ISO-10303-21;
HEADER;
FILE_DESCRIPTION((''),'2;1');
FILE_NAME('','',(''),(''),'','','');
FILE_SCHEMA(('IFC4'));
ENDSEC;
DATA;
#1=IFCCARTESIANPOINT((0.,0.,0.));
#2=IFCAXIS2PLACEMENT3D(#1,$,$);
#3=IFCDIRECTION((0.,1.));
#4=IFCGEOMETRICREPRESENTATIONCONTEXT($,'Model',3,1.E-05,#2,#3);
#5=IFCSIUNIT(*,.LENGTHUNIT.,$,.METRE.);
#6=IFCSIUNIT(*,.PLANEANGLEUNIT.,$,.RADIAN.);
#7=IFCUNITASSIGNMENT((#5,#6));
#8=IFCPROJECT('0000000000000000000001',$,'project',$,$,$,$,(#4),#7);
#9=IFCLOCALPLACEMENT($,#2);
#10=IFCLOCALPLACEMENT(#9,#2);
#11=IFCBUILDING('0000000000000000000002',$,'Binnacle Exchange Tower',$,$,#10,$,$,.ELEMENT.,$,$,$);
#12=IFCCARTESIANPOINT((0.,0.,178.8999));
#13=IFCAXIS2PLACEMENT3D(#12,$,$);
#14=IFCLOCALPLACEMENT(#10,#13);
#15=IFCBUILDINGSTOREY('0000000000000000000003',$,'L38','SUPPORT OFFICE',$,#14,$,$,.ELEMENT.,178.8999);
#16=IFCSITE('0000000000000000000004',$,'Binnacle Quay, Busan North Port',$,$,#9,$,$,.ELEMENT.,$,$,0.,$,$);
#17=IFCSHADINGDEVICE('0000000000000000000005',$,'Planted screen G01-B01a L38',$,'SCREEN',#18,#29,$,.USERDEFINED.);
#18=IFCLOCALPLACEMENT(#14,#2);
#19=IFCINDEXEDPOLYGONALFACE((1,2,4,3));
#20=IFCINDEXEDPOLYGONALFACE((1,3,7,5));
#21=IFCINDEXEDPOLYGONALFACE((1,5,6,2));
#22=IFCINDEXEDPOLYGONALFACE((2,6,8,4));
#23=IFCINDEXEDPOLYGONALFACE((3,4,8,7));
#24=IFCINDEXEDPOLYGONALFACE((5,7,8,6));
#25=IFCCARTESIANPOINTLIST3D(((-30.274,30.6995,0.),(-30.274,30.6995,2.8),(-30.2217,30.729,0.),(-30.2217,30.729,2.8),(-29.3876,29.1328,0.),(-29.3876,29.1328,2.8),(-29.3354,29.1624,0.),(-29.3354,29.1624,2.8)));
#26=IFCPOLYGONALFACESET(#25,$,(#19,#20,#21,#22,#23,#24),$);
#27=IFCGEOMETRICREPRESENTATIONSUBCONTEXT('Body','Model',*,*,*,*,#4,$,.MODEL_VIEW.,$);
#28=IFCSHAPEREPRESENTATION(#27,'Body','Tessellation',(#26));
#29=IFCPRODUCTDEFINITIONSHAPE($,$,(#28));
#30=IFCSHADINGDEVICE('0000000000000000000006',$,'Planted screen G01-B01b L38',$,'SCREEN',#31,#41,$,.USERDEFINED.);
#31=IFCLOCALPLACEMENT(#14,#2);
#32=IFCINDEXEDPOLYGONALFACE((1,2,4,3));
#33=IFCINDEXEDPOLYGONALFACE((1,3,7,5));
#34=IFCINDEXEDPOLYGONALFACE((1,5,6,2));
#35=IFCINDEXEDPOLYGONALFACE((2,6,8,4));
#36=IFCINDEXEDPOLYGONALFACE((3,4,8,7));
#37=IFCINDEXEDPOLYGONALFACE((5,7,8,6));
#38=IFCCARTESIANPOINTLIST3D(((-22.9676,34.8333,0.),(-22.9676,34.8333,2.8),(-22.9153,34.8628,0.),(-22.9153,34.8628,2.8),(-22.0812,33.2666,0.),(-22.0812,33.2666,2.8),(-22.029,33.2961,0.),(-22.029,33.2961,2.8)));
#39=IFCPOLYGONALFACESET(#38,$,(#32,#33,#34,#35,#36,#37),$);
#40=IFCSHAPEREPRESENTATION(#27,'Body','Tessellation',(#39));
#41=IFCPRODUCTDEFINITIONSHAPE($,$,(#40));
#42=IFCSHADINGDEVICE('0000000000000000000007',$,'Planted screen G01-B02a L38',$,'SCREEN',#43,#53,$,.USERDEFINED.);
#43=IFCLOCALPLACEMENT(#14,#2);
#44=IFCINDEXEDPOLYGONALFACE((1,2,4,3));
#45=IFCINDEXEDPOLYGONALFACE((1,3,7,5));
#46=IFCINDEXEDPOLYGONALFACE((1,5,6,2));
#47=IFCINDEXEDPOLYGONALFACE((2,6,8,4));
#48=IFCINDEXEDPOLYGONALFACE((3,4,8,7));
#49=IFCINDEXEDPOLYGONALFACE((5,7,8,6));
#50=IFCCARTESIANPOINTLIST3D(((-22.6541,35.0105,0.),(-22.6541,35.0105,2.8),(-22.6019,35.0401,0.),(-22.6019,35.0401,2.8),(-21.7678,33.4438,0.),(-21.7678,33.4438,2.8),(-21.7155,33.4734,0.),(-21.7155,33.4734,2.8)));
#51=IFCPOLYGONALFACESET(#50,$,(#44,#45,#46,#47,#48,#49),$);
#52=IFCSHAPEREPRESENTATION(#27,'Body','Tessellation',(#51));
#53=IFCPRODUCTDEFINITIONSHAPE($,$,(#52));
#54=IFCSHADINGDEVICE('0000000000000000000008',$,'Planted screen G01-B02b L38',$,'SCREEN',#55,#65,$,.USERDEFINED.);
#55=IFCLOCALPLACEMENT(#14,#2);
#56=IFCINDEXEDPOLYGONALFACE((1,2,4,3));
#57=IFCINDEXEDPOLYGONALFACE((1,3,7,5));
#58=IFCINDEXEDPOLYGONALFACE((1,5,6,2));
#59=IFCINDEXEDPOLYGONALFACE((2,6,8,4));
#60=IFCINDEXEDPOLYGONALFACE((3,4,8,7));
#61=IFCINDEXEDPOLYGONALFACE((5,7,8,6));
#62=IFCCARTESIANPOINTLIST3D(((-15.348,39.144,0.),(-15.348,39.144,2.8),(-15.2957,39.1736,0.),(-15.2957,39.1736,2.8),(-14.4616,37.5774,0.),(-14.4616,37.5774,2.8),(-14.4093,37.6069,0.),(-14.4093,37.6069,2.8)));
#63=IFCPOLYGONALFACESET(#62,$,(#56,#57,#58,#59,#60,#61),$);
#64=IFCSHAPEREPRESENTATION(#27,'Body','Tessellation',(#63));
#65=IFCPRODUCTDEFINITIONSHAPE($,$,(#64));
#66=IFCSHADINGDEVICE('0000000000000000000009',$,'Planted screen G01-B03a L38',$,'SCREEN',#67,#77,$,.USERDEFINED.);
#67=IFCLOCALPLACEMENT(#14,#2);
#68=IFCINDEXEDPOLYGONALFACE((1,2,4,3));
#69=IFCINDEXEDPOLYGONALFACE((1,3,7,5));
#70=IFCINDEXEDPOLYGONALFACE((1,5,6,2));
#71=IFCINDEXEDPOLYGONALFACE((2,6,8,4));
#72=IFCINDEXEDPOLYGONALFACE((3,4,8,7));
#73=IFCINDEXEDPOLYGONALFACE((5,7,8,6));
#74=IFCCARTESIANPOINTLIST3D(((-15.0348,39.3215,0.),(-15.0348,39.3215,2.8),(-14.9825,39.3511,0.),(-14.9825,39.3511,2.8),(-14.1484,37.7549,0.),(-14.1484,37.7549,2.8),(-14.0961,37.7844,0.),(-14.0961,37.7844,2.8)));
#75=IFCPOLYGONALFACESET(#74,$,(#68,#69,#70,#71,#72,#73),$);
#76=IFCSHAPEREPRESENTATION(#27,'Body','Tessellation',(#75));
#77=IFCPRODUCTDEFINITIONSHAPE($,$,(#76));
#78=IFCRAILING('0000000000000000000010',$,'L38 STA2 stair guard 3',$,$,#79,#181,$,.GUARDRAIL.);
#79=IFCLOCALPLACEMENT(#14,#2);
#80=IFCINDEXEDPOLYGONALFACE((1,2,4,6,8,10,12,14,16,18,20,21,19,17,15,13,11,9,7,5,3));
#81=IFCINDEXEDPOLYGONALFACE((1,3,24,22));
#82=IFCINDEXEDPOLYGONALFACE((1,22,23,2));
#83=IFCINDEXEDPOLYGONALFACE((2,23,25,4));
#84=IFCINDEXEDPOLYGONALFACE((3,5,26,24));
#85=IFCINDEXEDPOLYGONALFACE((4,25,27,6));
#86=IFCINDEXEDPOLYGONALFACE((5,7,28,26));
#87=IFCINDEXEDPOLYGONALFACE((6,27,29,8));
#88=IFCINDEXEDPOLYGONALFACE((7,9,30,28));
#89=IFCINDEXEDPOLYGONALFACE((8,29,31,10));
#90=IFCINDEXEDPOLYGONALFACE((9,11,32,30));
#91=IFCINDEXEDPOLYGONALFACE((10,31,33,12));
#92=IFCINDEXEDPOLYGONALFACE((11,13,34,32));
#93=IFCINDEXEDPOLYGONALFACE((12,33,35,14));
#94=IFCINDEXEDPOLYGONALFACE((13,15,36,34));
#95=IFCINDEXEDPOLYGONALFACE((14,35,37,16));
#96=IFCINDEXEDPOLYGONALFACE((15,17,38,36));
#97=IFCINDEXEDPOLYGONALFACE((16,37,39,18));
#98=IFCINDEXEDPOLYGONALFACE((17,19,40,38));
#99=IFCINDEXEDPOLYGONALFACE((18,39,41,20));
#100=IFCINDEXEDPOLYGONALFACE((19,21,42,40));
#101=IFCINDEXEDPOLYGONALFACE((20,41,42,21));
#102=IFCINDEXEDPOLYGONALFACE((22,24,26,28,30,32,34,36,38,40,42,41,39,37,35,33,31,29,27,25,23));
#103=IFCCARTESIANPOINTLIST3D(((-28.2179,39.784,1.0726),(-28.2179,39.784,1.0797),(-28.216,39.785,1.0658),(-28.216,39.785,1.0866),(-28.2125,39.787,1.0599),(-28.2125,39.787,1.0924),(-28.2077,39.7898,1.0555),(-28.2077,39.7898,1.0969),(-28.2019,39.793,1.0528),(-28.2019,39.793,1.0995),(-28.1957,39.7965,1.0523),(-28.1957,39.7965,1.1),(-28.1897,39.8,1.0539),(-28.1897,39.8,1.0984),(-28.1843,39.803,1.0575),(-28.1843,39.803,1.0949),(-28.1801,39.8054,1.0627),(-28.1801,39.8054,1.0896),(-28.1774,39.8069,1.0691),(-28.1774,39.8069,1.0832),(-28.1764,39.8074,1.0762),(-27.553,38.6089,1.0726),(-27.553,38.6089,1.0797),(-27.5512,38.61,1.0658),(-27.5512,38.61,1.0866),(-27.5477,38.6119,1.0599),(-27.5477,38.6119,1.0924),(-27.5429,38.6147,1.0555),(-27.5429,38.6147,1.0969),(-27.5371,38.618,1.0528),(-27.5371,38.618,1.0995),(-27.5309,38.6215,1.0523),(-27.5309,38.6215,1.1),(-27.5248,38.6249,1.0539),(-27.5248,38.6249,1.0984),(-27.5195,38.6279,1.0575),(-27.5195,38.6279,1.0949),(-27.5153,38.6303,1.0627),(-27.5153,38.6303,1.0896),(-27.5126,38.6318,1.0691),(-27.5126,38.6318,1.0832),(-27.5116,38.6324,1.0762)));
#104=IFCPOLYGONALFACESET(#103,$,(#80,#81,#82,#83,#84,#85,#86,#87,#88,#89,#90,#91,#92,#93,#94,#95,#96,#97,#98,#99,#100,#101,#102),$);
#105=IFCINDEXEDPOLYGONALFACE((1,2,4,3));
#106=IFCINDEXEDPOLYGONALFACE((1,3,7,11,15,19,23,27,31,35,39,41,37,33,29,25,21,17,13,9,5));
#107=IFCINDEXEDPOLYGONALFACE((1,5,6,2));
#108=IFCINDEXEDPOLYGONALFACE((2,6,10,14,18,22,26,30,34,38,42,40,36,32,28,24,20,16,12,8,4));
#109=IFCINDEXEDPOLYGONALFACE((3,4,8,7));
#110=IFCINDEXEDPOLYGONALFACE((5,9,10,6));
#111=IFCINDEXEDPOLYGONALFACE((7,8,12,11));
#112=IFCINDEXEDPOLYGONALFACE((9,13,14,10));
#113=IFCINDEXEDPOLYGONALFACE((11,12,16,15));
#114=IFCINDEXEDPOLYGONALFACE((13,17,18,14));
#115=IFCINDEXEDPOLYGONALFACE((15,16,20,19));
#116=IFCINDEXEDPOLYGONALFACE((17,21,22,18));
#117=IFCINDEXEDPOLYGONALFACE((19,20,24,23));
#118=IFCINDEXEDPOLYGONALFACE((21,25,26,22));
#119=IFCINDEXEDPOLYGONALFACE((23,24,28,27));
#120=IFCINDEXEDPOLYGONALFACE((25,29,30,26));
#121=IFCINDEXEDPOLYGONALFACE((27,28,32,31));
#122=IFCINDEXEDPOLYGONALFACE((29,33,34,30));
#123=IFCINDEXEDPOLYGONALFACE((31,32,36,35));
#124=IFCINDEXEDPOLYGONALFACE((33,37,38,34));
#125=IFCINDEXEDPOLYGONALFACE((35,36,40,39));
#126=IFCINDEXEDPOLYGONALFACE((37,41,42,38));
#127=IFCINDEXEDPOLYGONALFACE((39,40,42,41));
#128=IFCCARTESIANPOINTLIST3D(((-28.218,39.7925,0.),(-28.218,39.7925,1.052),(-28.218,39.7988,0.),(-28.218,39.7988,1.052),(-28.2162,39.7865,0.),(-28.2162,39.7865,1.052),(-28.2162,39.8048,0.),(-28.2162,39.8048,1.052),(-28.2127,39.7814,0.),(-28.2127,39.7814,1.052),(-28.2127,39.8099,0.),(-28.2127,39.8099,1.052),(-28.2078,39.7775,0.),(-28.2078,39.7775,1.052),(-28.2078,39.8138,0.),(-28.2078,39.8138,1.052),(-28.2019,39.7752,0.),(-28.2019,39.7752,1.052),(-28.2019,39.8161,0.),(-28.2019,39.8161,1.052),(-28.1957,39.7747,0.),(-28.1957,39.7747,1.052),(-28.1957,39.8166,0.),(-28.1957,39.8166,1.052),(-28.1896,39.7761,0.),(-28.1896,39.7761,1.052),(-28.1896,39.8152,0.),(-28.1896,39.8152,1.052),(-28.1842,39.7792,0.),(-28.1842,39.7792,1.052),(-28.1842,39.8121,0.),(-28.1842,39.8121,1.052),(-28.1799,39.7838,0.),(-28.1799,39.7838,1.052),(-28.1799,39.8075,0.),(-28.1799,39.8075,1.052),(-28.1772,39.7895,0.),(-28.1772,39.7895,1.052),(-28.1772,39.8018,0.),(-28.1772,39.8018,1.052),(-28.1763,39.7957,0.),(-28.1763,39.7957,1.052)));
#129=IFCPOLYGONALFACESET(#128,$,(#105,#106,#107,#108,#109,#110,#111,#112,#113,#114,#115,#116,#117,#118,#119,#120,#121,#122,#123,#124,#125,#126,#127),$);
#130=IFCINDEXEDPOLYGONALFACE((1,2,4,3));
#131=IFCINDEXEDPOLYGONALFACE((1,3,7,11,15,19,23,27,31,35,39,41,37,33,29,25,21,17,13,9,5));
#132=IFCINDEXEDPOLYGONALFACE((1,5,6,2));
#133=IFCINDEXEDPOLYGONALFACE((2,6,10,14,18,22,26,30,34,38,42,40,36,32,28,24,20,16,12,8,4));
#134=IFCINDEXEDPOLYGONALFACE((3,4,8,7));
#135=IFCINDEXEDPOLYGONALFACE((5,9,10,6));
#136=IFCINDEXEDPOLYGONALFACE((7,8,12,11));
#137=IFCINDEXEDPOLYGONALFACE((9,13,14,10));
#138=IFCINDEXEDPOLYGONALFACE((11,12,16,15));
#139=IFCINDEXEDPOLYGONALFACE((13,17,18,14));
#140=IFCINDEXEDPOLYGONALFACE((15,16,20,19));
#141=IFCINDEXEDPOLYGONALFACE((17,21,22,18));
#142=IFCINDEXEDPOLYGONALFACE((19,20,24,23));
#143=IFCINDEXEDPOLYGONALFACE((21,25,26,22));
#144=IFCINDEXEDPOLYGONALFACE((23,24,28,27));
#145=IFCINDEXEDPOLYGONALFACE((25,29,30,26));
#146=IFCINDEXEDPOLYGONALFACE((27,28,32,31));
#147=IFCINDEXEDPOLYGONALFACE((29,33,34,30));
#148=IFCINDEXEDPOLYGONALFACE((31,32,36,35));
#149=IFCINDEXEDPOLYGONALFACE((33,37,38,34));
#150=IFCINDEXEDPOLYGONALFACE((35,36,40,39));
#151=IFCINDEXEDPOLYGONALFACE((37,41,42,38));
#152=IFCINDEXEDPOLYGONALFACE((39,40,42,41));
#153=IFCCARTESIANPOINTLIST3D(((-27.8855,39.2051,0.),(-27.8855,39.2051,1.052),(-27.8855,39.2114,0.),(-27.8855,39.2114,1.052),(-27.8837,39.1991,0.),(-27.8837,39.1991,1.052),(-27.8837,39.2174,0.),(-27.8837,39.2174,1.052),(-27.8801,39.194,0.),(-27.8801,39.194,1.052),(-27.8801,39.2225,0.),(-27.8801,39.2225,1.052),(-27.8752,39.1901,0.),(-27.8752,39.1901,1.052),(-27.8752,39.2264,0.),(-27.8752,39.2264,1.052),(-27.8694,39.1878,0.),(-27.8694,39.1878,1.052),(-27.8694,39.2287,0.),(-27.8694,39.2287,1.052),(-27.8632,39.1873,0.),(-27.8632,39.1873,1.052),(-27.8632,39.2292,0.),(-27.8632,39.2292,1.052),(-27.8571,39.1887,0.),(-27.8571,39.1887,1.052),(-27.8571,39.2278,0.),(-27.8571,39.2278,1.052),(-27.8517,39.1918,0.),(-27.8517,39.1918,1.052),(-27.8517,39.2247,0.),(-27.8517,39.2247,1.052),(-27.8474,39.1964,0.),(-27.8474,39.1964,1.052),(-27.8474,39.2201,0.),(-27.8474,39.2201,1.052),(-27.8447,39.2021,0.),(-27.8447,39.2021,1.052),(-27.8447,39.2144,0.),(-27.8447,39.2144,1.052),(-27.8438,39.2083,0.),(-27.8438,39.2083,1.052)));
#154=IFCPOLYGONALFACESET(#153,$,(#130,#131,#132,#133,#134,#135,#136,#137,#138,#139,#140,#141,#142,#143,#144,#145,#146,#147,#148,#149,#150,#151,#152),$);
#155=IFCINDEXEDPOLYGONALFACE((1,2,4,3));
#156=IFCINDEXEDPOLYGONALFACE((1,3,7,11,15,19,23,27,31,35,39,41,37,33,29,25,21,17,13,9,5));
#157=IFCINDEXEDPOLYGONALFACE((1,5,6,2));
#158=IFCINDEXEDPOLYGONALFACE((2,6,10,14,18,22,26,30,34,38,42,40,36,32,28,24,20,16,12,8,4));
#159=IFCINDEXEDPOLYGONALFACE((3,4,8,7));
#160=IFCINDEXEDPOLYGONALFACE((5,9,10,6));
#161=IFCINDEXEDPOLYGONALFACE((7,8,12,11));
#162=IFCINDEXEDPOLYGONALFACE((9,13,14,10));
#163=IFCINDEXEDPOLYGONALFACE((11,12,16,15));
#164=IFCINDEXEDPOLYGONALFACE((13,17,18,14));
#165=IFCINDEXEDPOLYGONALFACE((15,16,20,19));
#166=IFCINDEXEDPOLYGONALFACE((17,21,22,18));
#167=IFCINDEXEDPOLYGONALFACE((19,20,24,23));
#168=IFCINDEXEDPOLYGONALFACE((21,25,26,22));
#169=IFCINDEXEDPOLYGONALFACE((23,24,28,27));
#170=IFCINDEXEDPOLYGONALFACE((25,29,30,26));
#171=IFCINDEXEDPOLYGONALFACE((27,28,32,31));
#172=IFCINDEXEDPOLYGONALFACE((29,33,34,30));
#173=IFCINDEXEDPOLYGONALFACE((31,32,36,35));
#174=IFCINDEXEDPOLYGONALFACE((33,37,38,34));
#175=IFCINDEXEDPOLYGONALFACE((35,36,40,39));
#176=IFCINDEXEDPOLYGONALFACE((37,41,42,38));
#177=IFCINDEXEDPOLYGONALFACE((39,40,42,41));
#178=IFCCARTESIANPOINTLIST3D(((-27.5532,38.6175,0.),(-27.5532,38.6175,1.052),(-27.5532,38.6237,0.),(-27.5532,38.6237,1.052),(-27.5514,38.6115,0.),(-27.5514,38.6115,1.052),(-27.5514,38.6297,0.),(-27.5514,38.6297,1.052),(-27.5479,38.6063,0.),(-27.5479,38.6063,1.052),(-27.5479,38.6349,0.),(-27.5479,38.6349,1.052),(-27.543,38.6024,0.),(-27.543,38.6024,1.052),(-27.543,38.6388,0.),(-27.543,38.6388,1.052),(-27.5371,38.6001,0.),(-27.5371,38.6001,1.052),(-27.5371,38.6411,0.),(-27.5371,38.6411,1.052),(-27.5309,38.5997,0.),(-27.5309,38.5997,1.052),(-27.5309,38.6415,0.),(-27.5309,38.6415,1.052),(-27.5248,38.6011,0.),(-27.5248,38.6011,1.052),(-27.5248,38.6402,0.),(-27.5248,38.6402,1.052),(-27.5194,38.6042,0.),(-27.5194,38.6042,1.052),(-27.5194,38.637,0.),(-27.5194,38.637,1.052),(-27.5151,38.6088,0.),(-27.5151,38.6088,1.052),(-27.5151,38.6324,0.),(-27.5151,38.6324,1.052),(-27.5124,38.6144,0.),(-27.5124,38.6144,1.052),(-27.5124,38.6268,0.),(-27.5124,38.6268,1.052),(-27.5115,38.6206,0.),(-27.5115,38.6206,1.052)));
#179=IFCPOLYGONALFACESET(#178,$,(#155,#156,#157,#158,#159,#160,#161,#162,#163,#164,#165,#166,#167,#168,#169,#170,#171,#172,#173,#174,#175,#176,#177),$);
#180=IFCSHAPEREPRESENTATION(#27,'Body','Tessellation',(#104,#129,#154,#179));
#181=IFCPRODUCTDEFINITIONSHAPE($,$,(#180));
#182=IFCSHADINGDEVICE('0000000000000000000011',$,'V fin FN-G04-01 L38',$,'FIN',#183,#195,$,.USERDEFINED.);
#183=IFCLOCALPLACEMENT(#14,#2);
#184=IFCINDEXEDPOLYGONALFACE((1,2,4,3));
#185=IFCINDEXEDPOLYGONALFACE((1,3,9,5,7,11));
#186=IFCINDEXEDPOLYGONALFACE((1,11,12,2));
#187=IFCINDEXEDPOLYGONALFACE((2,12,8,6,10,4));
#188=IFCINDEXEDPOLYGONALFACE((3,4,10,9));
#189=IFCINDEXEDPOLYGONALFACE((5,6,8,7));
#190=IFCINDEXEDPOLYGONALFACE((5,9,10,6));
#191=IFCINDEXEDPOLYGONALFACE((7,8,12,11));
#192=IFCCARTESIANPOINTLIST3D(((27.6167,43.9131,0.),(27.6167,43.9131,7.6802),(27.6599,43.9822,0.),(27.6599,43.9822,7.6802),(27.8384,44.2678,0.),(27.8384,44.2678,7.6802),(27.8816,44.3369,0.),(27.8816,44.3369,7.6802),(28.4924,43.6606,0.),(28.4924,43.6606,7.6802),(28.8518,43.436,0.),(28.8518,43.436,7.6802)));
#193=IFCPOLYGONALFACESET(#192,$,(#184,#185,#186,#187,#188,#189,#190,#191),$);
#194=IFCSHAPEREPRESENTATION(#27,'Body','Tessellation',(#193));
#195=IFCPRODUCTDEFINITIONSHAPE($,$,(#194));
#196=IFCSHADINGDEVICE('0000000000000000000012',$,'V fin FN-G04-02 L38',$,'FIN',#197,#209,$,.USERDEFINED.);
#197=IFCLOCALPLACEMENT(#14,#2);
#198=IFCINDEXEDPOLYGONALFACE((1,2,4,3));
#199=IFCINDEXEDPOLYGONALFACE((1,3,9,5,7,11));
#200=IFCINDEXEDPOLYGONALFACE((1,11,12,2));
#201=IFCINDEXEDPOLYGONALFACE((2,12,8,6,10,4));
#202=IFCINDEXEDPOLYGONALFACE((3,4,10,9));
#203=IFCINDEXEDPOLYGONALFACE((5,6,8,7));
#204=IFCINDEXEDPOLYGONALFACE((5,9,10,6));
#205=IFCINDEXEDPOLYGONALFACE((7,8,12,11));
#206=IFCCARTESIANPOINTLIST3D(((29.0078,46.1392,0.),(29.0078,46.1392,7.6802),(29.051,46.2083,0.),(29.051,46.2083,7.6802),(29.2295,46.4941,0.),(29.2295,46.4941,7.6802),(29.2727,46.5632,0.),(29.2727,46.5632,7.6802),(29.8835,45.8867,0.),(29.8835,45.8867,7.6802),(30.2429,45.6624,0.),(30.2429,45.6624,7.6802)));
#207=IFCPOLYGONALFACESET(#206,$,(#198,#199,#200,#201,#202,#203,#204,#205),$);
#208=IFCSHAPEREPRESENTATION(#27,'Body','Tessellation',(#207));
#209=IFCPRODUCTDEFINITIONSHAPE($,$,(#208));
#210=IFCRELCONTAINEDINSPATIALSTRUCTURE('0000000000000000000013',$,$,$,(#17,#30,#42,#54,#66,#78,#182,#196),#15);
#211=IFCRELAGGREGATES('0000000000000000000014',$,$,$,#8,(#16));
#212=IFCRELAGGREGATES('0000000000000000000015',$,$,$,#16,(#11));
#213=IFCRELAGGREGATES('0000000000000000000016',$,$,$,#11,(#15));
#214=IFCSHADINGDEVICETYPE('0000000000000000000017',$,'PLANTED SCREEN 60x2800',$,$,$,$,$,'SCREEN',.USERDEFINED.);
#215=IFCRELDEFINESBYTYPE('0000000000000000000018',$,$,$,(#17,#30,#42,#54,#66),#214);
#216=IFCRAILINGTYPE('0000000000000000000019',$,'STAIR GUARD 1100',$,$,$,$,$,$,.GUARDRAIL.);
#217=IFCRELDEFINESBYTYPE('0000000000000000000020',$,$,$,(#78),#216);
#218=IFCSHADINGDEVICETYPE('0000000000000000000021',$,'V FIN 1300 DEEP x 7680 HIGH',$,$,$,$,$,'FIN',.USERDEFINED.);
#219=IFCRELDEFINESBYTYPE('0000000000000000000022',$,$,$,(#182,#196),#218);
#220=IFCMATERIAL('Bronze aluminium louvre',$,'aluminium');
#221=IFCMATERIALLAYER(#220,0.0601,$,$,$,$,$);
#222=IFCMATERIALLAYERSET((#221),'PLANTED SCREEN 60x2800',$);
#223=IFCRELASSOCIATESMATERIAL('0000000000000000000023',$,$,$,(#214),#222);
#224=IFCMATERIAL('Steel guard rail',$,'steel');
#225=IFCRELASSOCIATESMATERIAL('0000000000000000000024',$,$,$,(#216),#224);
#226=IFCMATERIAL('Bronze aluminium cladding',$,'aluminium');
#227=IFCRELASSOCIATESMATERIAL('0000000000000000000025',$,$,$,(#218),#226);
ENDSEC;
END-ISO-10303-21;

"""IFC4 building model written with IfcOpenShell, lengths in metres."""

from ifc_helpers import new_model, si_unit, direction, frame, origin, origin_2d, place, context, subcontext, project, spatial, polyline, rectangle, circle, outline, extrude, material, layer, layer_set, type_object, element, save


model = new_model("IFC4")

# Units and contexts
model_context = context("Model", 3, precision=1e-05, world=origin(), true_north=direction((0.0, 1.0)))
body_context = subcontext(model_context, "Body", "Model", "MODEL_VIEW")
ifc_project = project(units=[si_unit("LENGTHUNIT", "METRE"), si_unit("PLANEANGLEUNIT", "RADIAN")], contexts=[model_context])

# Site, building, storey
site_placement = place(None, origin())
site = spatial("IfcSite", under=ifc_project, at=site_placement, Name="Binnacle Quay, Busan North Port", CompositionType="ELEMENT", RefElevation=0.0)
building_placement = place(site_placement, origin())
building = spatial("IfcBuilding", under=site, at=building_placement, Name="Binnacle Exchange Tower", CompositionType="ELEMENT")
storey_placement = place(building_placement, frame((0.0, 0.0, 178.8999)))
storey = spatial("IfcBuildingStorey", under=building, at=storey_placement, Name="L38", Description="SUPPORT OFFICE", CompositionType="ELEMENT", Elevation=178.8999)

# Shading devices
ifc_material_1 = material(Name="Bronze aluminium louvre", Category="aluminium")
ifc_layer_1 = layer(ifc_material_1, 0.0601)
ifc_layer_set_1 = layer_set([ifc_layer_1], Name="PLANTED SCREEN 60x2800")
shading_device_type_1 = type_object("IfcShadingDeviceType", Name="PLANTED SCREEN 60x2800", ElementType="SCREEN", PredefinedType="USERDEFINED", material=ifc_layer_set_1)
for number, where, z_axis, x_axis, name in (
    (1, (-29.8047, 29.9309, 0.0), (0.0, 0.0, 1.0), (0.870356, 0.492424, 0.0), "Planted screen G01-B01a L38"),
    (2, (-22.4983, 34.0647, 0.0), (0.0, 0.0, 1.0), (0.870356, 0.492424, 0.0), "Planted screen G01-B01b L38"),
    (3, (-22.1848, 34.2419, 0.0), (0.0, 0.0, 1.0), (0.870356, 0.492424, 0.0), "Planted screen G01-B02a L38"),
    (4, (-14.8787, 38.3755, 0.0), (0.0, 0.0, 1.0), (0.870356, 0.492424, 0.0), "Planted screen G01-B02b L38"),
    (5, (-14.5654, 38.553, 0.0), (0.0, 0.0, 1.0), (0.870356, 0.492424, 0.0), "Planted screen G01-B03a L38"),
):
    element("IfcShadingDevice", number, at=place(storey_placement, frame(where, z_axis=z_axis, x_axis=x_axis)), inside=storey, type_object=shading_device_type_1, Name=name, ObjectType="SCREEN", PredefinedType="USERDEFINED", context=body_context, shape_type="SweptSolid", body=[
        extrude(rectangle(XDim=0.0601, YDim=1.8, at=origin_2d()), origin(), (0.0, 0.0, 1.0), 2.8),
    ])

# Railing
ifc_material_2 = material(Name="Steel guard rail", Category="steel")
railing_type_1 = type_object("IfcRailingType", Name="STAIR GUARD 1100", PredefinedType="GUARDRAIL", material=ifc_material_2)
railing_1_placement = place(storey_placement, frame((-28.1973, 39.7957, 0.0)))
element("IfcRailing", 6, at=railing_1_placement, inside=storey, type_object=railing_type_1, Name="L38 STA2 stair guard 3", PredefinedType="GUARDRAIL", context=body_context, shape_type="SweptSolid", body=[
    extrude(circle(Radius=0.0239, at=origin_2d()), frame((0.0, 0.0, 1.0762), z_axis=(0.492415, -0.870361, 0.0), x_axis=(0.870361, 0.492415, 0.0)), (0.0, 0.0, 1.0), 1.3501),
    extrude(circle(Radius=0.021, at=origin_2d()), origin(), (0.0, 0.0, 1.0), 1.052),
    extrude(circle(Radius=0.021, at=origin_2d()), frame((0.3325, -0.5874, 0.0)), (0.0, 0.0, 1.0), 1.052),
    extrude(circle(Radius=0.021, at=origin_2d()), frame((0.6648, -1.175, 0.0)), (0.0, 0.0, 1.0), 1.052),
])

# Shading devices
ifc_material_3 = material(Name="Bronze aluminium cladding", Category="aluminium")
shading_device_type_2 = type_object("IfcShadingDeviceType", Name="V FIN 1300 DEEP x 7680 HIGH", ElementType="FIN", PredefinedType="USERDEFINED", material=ifc_material_3)
shading_device_1_placement = place(storey_placement, origin())
element("IfcShadingDevice", 7, at=shading_device_1_placement, inside=storey, type_object=shading_device_type_2, Name="V fin FN-G04-01 L38", ObjectType="FIN", PredefinedType="USERDEFINED", context=body_context, shape_type="SweptSolid", body=[
    extrude(outline(polyline([(27.6167, 43.9131), (28.8518, 43.436), (27.8816, 44.3369), (27.8384, 44.2678), (28.4924, 43.6606), (27.6599, 43.9822), (27.6167, 43.9131)])), origin(), (0.0, 0.0, 1.0), 7.6802),
])
shading_device_2_placement = place(storey_placement, origin())
element("IfcShadingDevice", 8, at=shading_device_2_placement, inside=storey, type_object=shading_device_type_2, Name="V fin FN-G04-02 L38", ObjectType="FIN", PredefinedType="USERDEFINED", context=body_context, shape_type="SweptSolid", body=[
    extrude(outline(polyline([(29.0078, 46.1392), (30.2429, 45.6624), (29.2727, 46.5632), (29.2295, 46.4941), (29.8835, 45.8867), (29.051, 46.2083), (29.0078, 46.1392)])), origin(), (0.0, 0.0, 1.0), 7.6802),
])

save(model, "model.ifc")
